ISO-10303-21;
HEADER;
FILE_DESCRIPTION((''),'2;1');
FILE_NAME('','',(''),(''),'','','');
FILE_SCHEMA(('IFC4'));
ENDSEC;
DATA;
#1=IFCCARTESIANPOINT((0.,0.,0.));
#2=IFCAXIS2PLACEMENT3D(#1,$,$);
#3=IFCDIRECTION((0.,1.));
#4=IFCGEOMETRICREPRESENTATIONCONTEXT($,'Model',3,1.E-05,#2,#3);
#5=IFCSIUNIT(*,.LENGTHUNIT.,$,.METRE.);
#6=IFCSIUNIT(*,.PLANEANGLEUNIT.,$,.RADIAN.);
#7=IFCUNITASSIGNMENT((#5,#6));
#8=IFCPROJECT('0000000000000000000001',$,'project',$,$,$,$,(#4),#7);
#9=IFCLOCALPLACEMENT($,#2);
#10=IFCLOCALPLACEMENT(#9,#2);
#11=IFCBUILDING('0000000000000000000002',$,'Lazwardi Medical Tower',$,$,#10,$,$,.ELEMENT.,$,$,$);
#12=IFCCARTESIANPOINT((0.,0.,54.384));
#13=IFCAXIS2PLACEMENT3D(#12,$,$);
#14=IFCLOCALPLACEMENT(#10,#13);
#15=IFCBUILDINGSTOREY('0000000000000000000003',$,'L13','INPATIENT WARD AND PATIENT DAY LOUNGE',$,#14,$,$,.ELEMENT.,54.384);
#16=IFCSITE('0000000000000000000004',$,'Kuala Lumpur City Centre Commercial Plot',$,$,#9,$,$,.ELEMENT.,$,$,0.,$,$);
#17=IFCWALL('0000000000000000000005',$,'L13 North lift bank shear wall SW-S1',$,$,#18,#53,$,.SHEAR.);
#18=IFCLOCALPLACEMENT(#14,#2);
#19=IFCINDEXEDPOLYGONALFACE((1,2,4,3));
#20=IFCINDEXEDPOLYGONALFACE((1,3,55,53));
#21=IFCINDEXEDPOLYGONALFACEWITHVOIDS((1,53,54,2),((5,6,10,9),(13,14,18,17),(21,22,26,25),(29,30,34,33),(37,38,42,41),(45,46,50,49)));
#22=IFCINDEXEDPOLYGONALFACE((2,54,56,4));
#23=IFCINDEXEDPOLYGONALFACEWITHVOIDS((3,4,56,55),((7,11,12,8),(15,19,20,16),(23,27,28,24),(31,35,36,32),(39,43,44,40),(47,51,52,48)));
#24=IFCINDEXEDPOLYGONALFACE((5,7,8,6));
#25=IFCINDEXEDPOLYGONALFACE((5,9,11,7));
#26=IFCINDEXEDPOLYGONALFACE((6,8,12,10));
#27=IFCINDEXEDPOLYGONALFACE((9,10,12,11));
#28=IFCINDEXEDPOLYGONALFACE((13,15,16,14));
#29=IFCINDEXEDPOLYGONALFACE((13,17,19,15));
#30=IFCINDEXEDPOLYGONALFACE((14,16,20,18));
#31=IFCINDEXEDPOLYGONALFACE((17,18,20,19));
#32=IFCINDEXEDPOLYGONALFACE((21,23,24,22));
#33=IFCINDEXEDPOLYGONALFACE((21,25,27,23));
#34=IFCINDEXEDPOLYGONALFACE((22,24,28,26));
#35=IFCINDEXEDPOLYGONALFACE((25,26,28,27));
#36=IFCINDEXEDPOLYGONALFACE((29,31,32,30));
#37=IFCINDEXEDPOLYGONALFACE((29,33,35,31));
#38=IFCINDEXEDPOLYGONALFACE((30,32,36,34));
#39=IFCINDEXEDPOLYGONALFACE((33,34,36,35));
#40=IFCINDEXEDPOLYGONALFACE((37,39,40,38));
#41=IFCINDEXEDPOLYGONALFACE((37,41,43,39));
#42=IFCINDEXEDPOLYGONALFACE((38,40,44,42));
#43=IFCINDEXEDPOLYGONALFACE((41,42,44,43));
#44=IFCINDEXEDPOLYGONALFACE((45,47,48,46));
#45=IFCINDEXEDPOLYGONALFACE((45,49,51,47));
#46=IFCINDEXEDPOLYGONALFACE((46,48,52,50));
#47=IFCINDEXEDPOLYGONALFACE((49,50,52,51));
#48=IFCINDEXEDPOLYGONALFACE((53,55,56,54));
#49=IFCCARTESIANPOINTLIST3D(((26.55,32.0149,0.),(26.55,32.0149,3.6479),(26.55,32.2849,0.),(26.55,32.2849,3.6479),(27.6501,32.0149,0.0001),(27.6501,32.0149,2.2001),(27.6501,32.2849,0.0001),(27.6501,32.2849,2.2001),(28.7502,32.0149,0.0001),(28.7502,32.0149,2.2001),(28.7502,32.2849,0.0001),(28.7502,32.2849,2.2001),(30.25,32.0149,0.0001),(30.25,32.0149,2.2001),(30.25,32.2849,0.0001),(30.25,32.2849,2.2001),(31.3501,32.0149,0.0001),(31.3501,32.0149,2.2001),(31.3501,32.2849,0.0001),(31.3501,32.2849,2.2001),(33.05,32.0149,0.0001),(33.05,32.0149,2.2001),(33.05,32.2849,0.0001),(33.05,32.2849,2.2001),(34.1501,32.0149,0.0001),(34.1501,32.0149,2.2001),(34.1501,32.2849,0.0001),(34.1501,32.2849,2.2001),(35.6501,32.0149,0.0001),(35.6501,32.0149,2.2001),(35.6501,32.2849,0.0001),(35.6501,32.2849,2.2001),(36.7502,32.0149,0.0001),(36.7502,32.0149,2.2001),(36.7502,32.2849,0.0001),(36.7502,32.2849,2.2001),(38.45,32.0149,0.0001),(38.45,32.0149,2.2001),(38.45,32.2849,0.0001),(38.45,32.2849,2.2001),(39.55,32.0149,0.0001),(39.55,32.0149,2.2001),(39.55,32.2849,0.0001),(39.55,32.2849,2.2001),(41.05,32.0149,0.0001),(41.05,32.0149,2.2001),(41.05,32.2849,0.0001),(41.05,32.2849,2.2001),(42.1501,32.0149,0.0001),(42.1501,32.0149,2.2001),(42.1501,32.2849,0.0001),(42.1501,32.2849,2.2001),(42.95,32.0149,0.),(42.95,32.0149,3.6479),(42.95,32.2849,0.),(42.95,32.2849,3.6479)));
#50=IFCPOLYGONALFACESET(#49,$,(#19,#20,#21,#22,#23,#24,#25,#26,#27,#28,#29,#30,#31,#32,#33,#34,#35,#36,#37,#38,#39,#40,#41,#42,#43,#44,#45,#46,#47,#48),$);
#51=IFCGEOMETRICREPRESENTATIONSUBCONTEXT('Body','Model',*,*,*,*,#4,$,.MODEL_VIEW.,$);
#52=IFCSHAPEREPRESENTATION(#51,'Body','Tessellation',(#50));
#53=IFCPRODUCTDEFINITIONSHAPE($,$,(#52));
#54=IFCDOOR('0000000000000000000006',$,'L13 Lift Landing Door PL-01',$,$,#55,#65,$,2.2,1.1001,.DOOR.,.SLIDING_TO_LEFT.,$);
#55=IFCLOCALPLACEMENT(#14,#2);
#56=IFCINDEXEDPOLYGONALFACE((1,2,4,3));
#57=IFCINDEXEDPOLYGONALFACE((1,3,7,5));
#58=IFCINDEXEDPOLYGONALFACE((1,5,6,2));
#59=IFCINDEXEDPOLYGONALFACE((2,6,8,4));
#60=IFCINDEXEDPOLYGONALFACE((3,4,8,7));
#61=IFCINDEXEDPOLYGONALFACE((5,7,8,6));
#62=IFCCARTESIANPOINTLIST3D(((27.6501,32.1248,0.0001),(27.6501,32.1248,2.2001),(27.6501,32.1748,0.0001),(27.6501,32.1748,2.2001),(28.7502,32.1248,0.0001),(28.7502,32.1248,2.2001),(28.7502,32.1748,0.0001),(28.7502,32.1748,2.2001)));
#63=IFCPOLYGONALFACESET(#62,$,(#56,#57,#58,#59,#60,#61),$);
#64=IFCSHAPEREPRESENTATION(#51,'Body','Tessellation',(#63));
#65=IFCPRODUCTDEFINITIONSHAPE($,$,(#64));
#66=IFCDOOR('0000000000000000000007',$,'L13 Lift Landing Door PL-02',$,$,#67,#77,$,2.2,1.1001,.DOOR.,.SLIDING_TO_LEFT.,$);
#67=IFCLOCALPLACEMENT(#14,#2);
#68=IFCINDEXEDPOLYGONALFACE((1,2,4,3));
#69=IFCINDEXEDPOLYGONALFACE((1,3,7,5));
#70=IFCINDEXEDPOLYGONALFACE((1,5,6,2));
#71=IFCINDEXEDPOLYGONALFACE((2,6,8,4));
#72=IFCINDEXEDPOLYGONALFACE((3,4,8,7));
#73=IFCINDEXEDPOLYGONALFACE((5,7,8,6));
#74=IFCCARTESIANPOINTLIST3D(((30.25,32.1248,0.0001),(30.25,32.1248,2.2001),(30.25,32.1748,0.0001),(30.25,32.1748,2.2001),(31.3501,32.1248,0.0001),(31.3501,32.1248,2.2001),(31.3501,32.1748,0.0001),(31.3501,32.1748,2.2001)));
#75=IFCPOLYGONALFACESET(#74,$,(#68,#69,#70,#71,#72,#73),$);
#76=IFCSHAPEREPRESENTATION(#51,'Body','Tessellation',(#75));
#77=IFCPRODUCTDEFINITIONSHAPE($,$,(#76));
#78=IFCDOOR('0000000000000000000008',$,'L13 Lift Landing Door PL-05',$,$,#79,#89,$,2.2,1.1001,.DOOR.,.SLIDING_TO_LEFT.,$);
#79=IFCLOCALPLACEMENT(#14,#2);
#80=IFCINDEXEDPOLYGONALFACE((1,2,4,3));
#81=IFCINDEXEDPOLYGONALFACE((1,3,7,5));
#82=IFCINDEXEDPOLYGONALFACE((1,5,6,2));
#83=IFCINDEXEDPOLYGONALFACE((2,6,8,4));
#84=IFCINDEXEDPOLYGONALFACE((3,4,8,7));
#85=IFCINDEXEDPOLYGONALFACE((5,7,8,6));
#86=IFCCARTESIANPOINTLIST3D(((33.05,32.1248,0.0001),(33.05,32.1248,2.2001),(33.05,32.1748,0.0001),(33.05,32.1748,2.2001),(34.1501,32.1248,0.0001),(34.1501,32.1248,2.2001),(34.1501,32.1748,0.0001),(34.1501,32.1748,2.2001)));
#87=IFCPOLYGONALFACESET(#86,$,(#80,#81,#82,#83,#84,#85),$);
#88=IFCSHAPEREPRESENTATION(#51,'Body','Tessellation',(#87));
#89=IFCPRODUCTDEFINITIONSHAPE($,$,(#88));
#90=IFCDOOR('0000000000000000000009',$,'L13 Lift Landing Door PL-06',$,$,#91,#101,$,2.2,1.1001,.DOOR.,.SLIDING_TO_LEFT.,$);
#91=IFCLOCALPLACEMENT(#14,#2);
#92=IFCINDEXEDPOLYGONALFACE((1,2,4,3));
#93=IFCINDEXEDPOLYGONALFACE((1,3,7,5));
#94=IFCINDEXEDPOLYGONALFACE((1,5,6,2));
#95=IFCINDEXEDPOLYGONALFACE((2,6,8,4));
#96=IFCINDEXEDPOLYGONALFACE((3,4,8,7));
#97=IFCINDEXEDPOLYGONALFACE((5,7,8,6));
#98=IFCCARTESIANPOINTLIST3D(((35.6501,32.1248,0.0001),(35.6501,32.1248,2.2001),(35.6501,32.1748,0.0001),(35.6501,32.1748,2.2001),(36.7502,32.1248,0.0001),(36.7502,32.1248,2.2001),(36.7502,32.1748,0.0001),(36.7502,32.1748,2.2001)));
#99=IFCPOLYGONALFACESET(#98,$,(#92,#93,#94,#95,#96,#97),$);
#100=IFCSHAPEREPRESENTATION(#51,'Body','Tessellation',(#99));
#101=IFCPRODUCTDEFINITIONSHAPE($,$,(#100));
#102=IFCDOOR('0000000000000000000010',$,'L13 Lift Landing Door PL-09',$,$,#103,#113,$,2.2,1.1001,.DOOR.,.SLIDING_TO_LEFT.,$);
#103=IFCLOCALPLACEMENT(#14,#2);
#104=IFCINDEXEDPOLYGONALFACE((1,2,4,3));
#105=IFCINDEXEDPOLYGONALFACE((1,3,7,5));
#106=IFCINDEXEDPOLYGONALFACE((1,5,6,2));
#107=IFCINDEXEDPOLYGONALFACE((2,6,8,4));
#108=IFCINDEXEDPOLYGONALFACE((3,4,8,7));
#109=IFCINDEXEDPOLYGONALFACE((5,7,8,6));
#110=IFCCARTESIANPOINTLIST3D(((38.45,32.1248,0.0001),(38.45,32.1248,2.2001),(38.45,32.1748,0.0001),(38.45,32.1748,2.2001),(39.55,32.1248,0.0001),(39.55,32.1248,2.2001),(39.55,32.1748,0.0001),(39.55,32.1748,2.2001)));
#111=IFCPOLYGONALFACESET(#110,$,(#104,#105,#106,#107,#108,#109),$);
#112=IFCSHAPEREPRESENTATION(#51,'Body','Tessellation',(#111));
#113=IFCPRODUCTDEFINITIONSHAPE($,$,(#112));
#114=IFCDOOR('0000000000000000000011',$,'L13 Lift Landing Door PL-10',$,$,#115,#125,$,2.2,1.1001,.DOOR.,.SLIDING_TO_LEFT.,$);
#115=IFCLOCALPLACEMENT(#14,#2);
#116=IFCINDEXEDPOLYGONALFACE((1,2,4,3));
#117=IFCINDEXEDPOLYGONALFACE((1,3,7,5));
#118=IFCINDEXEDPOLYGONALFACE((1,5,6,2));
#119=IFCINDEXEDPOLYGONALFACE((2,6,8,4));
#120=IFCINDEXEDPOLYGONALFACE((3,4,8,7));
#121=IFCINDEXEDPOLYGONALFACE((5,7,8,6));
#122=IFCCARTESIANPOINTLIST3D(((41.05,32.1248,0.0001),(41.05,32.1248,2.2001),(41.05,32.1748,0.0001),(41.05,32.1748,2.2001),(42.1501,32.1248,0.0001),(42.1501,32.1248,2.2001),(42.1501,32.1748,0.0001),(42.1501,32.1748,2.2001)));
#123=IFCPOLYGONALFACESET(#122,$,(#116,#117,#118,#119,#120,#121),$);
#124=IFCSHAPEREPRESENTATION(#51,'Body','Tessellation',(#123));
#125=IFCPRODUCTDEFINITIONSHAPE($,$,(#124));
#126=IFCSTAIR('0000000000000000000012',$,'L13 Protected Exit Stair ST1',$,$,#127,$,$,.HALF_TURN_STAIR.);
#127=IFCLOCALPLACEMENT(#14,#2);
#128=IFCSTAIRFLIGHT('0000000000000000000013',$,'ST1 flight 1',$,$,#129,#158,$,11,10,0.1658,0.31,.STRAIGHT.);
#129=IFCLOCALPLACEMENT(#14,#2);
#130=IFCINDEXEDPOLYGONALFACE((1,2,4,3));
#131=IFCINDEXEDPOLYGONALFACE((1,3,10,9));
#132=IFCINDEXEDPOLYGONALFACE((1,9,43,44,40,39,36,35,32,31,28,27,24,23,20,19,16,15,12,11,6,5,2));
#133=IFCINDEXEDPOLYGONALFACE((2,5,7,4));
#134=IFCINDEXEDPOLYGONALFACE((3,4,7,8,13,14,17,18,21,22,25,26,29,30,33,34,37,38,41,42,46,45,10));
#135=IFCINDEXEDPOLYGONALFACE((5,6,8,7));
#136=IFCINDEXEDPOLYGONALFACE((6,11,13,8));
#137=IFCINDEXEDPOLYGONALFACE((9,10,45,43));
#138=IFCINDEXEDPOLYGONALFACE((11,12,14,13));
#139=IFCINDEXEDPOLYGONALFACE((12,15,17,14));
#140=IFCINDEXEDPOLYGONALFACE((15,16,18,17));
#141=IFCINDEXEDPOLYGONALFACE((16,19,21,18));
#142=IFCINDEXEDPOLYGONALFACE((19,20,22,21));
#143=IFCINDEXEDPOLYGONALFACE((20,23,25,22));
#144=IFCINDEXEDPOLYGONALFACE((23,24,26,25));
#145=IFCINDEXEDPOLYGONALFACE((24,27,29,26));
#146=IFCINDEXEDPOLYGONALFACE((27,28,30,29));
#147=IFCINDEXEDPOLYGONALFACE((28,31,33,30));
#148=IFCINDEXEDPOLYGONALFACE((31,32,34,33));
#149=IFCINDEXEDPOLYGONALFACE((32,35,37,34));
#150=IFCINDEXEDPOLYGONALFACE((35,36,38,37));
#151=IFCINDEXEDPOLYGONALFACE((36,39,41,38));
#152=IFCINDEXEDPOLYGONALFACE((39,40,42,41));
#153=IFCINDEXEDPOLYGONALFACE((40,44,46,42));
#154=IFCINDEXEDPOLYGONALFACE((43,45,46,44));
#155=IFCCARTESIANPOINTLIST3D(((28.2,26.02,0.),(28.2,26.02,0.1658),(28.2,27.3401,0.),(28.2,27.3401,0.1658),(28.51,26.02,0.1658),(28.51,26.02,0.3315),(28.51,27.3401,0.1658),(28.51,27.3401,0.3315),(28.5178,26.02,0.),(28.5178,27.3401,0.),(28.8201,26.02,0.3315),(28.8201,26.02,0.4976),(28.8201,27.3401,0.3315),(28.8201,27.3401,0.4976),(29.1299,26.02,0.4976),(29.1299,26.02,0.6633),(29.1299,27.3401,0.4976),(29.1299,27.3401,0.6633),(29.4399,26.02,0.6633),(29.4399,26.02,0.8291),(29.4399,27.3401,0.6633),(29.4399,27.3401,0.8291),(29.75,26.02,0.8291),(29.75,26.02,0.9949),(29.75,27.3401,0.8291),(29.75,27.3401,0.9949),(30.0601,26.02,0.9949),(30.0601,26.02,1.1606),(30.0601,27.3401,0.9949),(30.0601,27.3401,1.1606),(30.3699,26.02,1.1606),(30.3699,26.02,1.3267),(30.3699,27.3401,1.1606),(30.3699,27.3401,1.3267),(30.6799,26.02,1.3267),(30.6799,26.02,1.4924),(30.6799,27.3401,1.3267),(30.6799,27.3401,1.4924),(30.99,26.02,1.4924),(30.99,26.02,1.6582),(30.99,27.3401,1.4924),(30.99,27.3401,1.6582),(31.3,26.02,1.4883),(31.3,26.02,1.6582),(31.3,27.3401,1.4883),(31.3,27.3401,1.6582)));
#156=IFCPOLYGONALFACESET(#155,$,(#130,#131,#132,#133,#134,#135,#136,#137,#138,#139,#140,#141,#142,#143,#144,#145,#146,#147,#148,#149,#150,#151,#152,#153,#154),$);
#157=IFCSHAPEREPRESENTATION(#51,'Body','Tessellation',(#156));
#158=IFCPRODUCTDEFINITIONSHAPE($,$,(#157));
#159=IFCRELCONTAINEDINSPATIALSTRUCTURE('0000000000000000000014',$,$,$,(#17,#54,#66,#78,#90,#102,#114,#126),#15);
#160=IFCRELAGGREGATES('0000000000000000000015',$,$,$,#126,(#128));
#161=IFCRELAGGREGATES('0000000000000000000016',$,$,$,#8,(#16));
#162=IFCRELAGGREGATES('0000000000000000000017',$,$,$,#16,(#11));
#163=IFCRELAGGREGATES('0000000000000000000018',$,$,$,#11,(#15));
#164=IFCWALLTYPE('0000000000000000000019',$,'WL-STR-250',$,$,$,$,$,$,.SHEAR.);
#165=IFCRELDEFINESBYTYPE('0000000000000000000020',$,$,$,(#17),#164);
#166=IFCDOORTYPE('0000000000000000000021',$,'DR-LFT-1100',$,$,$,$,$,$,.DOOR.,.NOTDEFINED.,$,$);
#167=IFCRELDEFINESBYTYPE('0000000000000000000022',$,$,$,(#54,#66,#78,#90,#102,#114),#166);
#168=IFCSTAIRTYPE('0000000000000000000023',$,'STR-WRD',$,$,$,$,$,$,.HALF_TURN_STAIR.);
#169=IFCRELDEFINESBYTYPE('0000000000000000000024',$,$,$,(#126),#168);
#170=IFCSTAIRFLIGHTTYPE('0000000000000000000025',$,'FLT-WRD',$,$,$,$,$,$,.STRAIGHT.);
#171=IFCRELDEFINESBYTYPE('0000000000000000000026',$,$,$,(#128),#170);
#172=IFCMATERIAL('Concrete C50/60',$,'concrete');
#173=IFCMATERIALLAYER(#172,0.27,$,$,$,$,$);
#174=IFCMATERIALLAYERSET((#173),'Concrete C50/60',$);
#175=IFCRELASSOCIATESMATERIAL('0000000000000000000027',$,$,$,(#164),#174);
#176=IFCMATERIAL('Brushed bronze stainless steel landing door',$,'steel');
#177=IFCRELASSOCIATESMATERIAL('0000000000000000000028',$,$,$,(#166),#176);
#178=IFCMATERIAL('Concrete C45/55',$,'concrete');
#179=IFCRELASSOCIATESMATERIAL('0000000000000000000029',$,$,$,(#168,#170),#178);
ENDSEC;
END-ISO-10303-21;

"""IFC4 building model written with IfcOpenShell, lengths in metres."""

from ifc_helpers import new_model, si_unit, direction, frame, frame_2d, origin, place, context, subcontext, project, spatial, polyline, rectangle, outline, extrude, material, layer, layer_set, type_object, element, fill, aggregate, save


model = new_model("IFC4")

# Units and contexts
model_context = context("Model", 3, precision=1e-05, world=origin(), true_north=direction((0.0, 1.0)))
body_context = subcontext(model_context, "Body", "Model", "MODEL_VIEW")
ifc_project = project(units=[si_unit("LENGTHUNIT", "METRE"), si_unit("PLANEANGLEUNIT", "RADIAN")], contexts=[model_context])

# Site, building, storey
site_placement = place(None, origin())
site = spatial("IfcSite", under=ifc_project, at=site_placement, Name="Kuala Lumpur City Centre Commercial Plot", CompositionType="ELEMENT", RefElevation=0.0)
building_placement = place(site_placement, origin())
building = spatial("IfcBuilding", under=site, at=building_placement, Name="Lazwardi Medical Tower", CompositionType="ELEMENT")
storey_placement = place(building_placement, frame((0.0, 0.0, 54.384)))
storey = spatial("IfcBuildingStorey", under=building, at=storey_placement, Name="L13", Description="INPATIENT WARD AND PATIENT DAY LOUNGE", CompositionType="ELEMENT", Elevation=54.384)

# Shared definitions
ifc_material_1 = material(Name="Concrete C50/60", Category="concrete")
ifc_layer_1 = layer(ifc_material_1, 0.27)
ifc_layer_set_1 = layer_set([ifc_layer_1], Name="Concrete C50/60")
wall_type_1 = type_object("IfcWallType", Name="WL-STR-250", PredefinedType="SHEAR", material=ifc_layer_set_1)

# Wall, openings, doors
wall_1_placement = place(storey_placement, frame((26.55, 32.1499, 0.0), z_axis=(0.0, 0.0, 1.0), x_axis=(1.0, 0.0, 0.0)))
wall_1 = element("IfcWall", 1, at=wall_1_placement, inside=storey, type_object=wall_type_1, Name="L13 North lift bank shear wall SW-S1", PredefinedType="SHEAR", context=body_context, shape_type="SweptSolid", body=[
    extrude(rectangle(XDim=16.3999, YDim=0.27, at=frame_2d((8.2, 0.0))), origin(), (0.0, 0.0, 1.0), 3.6479),
])
opening_1_placement = place(wall_1_placement, frame((1.1001, 0.0, 0.0)))
opening_1 = element("IfcOpeningElement", 2, at=opening_1_placement, cuts=wall_1, PredefinedType="OPENING", context=body_context, shape_type="SweptSolid", body=[
    extrude(rectangle(XDim=1.1001, YDim=2.2, at=frame_2d((0.55, 1.1001))), frame((0.0, 0.145, 0.0), z_axis=(0.0, -1.0, 0.0), x_axis=(1.0, 0.0, 0.0)), (0.0, 0.0, 1.0), 0.29),
])
opening_2_placement = place(wall_1_placement, frame((3.7, 0.0, 0.0)))
opening_2 = element("IfcOpeningElement", 3, at=opening_2_placement, cuts=wall_1, PredefinedType="OPENING", context=body_context, shape_type="SweptSolid", body=[
    extrude(rectangle(XDim=1.1001, YDim=2.2, at=frame_2d((0.55, 1.1001))), frame((0.0, 0.145, 0.0), z_axis=(0.0, -1.0, 0.0), x_axis=(1.0, 0.0, 0.0)), (0.0, 0.0, 1.0), 0.29),
])
opening_3_placement = place(wall_1_placement, frame((6.5, 0.0, 0.0)))
opening_3 = element("IfcOpeningElement", 4, at=opening_3_placement, cuts=wall_1, PredefinedType="OPENING", context=body_context, shape_type="SweptSolid", body=[
    extrude(rectangle(XDim=1.1001, YDim=2.2, at=frame_2d((0.55, 1.1001))), frame((0.0, 0.145, 0.0), z_axis=(0.0, -1.0, 0.0), x_axis=(1.0, 0.0, 0.0)), (0.0, 0.0, 1.0), 0.29),
])
opening_4_placement = place(wall_1_placement, frame((9.1001, 0.0, 0.0)))
opening_4 = element("IfcOpeningElement", 5, at=opening_4_placement, cuts=wall_1, PredefinedType="OPENING", context=body_context, shape_type="SweptSolid", body=[
    extrude(rectangle(XDim=1.1001, YDim=2.2, at=frame_2d((0.55, 1.1001))), frame((0.0, 0.145, 0.0), z_axis=(0.0, -1.0, 0.0), x_axis=(1.0, 0.0, 0.0)), (0.0, 0.0, 1.0), 0.29),
])
opening_5_placement = place(wall_1_placement, frame((11.8999, 0.0, 0.0)))
opening_5 = element("IfcOpeningElement", 6, at=opening_5_placement, cuts=wall_1, PredefinedType="OPENING", context=body_context, shape_type="SweptSolid", body=[
    extrude(rectangle(XDim=1.1001, YDim=2.2, at=frame_2d((0.55, 1.1001))), frame((0.0, 0.145, 0.0), z_axis=(0.0, -1.0, 0.0), x_axis=(1.0, 0.0, 0.0)), (0.0, 0.0, 1.0), 0.29),
])
opening_6_placement = place(wall_1_placement, frame((14.5, 0.0, 0.0)))
opening_6 = element("IfcOpeningElement", 7, at=opening_6_placement, cuts=wall_1, PredefinedType="OPENING", context=body_context, shape_type="SweptSolid", body=[
    extrude(rectangle(XDim=1.1001, YDim=2.2, at=frame_2d((0.55, 1.1001))), frame((0.0, 0.145, 0.0), z_axis=(0.0, -1.0, 0.0), x_axis=(1.0, 0.0, 0.0)), (0.0, 0.0, 1.0), 0.29),
])
ifc_material_2 = material(Name="Brushed bronze stainless steel landing door", Category="steel")
door_type = type_object("IfcDoorType", Name="DR-LFT-1100", OperationType="NOTDEFINED", PredefinedType="DOOR", material=ifc_material_2)
door_1_placement = place(opening_1_placement, origin())
door_1 = element("IfcDoor", 8, at=door_1_placement, inside=storey, type_object=door_type, Name="L13 Lift Landing Door PL-01", OperationType="SLIDING_TO_LEFT", OverallHeight=2.2, OverallWidth=1.1001, PredefinedType="DOOR", context=body_context, shape_type="SweptSolid", body=[
    extrude(rectangle(XDim=1.1001, YDim=2.2, at=frame_2d((0.55, 1.1001))), frame((0.0, 0.0249, 0.0), z_axis=(0.0, -1.0, 0.0), x_axis=(1.0, 0.0, 0.0)), (0.0, 0.0, 1.0), 0.05),
])
fill(opening_1, door_1)
door_2_placement = place(opening_2_placement, origin())
door_2 = element("IfcDoor", 9, at=door_2_placement, inside=storey, type_object=door_type, Name="L13 Lift Landing Door PL-02", OperationType="SLIDING_TO_LEFT", OverallHeight=2.2, OverallWidth=1.1001, PredefinedType="DOOR", context=body_context, shape_type="SweptSolid", body=[
    extrude(rectangle(XDim=1.1001, YDim=2.2, at=frame_2d((0.55, 1.1001))), frame((0.0, 0.0249, 0.0), z_axis=(0.0, -1.0, 0.0), x_axis=(1.0, 0.0, 0.0)), (0.0, 0.0, 1.0), 0.05),
])
fill(opening_2, door_2)
door_3_placement = place(opening_3_placement, origin())
door_3 = element("IfcDoor", 10, at=door_3_placement, inside=storey, type_object=door_type, Name="L13 Lift Landing Door PL-05", OperationType="SLIDING_TO_LEFT", OverallHeight=2.2, OverallWidth=1.1001, PredefinedType="DOOR", context=body_context, shape_type="SweptSolid", body=[
    extrude(rectangle(XDim=1.1001, YDim=2.2, at=frame_2d((0.55, 1.1001))), frame((0.0, 0.0249, 0.0), z_axis=(0.0, -1.0, 0.0), x_axis=(1.0, 0.0, 0.0)), (0.0, 0.0, 1.0), 0.05),
])
fill(opening_3, door_3)
door_4_placement = place(opening_4_placement, origin())
door_4 = element("IfcDoor", 11, at=door_4_placement, inside=storey, type_object=door_type, Name="L13 Lift Landing Door PL-06", OperationType="SLIDING_TO_LEFT", OverallHeight=2.2, OverallWidth=1.1001, PredefinedType="DOOR", context=body_context, shape_type="SweptSolid", body=[
    extrude(rectangle(XDim=1.1001, YDim=2.2, at=frame_2d((0.55, 1.1001))), frame((0.0, 0.0249, 0.0), z_axis=(0.0, -1.0, 0.0), x_axis=(1.0, 0.0, 0.0)), (0.0, 0.0, 1.0), 0.05),
])
fill(opening_4, door_4)
door_5_placement = place(opening_5_placement, origin())
door_5 = element("IfcDoor", 12, at=door_5_placement, inside=storey, type_object=door_type, Name="L13 Lift Landing Door PL-09", OperationType="SLIDING_TO_LEFT", OverallHeight=2.2, OverallWidth=1.1001, PredefinedType="DOOR", context=body_context, shape_type="SweptSolid", body=[
    extrude(rectangle(XDim=1.1001, YDim=2.2, at=frame_2d((0.55, 1.1001))), frame((0.0, 0.0249, 0.0), z_axis=(0.0, -1.0, 0.0), x_axis=(1.0, 0.0, 0.0)), (0.0, 0.0, 1.0), 0.05),
])
fill(opening_5, door_5)
door_6_placement = place(opening_6_placement, origin())
door_6 = element("IfcDoor", 13, at=door_6_placement, inside=storey, type_object=door_type, Name="L13 Lift Landing Door PL-10", OperationType="SLIDING_TO_LEFT", OverallHeight=2.2, OverallWidth=1.1001, PredefinedType="DOOR", context=body_context, shape_type="SweptSolid", body=[
    extrude(rectangle(XDim=1.1001, YDim=2.2, at=frame_2d((0.55, 1.1001))), frame((0.0, 0.0249, 0.0), z_axis=(0.0, -1.0, 0.0), x_axis=(1.0, 0.0, 0.0)), (0.0, 0.0, 1.0), 0.05),
])
fill(opening_6, door_6)

# Stair, stair flight
ifc_material_3 = material(Name="Concrete C45/55", Category="concrete")
stair_type = type_object("IfcStairType", Name="STR-WRD", PredefinedType="HALF_TURN_STAIR", material=ifc_material_3)
stair_placement = place(storey_placement, origin())
stair = element("IfcStair", 14, at=stair_placement, inside=storey, type_object=stair_type, Name="L13 Protected Exit Stair ST1", PredefinedType="HALF_TURN_STAIR")
stair_flight_type = type_object("IfcStairFlightType", Name="FLT-WRD", PredefinedType="STRAIGHT", material=ifc_material_3)
stair_flight_placement = place(storey_placement, frame((28.2, 26.6799, 0.0), z_axis=(0.0, 0.0, 1.0), x_axis=(1.0, 0.0, 0.0)))
stair_flight = element("IfcStairFlight", 15, at=stair_flight_placement, type_object=stair_flight_type, Name="ST1 flight 1", NumberOfRisers=11, NumberOfTreads=10, PredefinedType="STRAIGHT", RiserHeight=0.1658, TreadLength=0.31, context=body_context, shape_type="SweptSolid", body=[
    extrude(outline(polyline([(0.0, 0.0), (0.0, 0.1658), (0.3101, 0.1658), (0.3101, 0.3315), (0.6201, 0.3315), (0.6201, 0.4976), (0.9299, 0.4976), (0.9299, 0.6633), (1.24, 0.6633), (1.24, 0.8291), (1.55, 0.8291), (1.55, 0.9949), (1.8601, 0.9949), (1.8601, 1.1606), (2.1699, 1.1606), (2.1699, 1.3267), (2.48, 1.3267), (2.48, 1.4924), (2.79, 1.4924), (2.79, 1.6582), (3.1001, 1.6582), (3.1001, 1.824), (3.1001, 1.4883), (0.3179, 0.0), (0.0, 0.0)])), frame((0.0, 0.6602, 0.0), z_axis=(0.0, -1.0, 0.0), x_axis=(1.0, 0.0, 0.0)), (0.0, 0.0, 1.0), 1.3201),
])
aggregate(stair, [stair_flight])

save(model, "model.ifc")
